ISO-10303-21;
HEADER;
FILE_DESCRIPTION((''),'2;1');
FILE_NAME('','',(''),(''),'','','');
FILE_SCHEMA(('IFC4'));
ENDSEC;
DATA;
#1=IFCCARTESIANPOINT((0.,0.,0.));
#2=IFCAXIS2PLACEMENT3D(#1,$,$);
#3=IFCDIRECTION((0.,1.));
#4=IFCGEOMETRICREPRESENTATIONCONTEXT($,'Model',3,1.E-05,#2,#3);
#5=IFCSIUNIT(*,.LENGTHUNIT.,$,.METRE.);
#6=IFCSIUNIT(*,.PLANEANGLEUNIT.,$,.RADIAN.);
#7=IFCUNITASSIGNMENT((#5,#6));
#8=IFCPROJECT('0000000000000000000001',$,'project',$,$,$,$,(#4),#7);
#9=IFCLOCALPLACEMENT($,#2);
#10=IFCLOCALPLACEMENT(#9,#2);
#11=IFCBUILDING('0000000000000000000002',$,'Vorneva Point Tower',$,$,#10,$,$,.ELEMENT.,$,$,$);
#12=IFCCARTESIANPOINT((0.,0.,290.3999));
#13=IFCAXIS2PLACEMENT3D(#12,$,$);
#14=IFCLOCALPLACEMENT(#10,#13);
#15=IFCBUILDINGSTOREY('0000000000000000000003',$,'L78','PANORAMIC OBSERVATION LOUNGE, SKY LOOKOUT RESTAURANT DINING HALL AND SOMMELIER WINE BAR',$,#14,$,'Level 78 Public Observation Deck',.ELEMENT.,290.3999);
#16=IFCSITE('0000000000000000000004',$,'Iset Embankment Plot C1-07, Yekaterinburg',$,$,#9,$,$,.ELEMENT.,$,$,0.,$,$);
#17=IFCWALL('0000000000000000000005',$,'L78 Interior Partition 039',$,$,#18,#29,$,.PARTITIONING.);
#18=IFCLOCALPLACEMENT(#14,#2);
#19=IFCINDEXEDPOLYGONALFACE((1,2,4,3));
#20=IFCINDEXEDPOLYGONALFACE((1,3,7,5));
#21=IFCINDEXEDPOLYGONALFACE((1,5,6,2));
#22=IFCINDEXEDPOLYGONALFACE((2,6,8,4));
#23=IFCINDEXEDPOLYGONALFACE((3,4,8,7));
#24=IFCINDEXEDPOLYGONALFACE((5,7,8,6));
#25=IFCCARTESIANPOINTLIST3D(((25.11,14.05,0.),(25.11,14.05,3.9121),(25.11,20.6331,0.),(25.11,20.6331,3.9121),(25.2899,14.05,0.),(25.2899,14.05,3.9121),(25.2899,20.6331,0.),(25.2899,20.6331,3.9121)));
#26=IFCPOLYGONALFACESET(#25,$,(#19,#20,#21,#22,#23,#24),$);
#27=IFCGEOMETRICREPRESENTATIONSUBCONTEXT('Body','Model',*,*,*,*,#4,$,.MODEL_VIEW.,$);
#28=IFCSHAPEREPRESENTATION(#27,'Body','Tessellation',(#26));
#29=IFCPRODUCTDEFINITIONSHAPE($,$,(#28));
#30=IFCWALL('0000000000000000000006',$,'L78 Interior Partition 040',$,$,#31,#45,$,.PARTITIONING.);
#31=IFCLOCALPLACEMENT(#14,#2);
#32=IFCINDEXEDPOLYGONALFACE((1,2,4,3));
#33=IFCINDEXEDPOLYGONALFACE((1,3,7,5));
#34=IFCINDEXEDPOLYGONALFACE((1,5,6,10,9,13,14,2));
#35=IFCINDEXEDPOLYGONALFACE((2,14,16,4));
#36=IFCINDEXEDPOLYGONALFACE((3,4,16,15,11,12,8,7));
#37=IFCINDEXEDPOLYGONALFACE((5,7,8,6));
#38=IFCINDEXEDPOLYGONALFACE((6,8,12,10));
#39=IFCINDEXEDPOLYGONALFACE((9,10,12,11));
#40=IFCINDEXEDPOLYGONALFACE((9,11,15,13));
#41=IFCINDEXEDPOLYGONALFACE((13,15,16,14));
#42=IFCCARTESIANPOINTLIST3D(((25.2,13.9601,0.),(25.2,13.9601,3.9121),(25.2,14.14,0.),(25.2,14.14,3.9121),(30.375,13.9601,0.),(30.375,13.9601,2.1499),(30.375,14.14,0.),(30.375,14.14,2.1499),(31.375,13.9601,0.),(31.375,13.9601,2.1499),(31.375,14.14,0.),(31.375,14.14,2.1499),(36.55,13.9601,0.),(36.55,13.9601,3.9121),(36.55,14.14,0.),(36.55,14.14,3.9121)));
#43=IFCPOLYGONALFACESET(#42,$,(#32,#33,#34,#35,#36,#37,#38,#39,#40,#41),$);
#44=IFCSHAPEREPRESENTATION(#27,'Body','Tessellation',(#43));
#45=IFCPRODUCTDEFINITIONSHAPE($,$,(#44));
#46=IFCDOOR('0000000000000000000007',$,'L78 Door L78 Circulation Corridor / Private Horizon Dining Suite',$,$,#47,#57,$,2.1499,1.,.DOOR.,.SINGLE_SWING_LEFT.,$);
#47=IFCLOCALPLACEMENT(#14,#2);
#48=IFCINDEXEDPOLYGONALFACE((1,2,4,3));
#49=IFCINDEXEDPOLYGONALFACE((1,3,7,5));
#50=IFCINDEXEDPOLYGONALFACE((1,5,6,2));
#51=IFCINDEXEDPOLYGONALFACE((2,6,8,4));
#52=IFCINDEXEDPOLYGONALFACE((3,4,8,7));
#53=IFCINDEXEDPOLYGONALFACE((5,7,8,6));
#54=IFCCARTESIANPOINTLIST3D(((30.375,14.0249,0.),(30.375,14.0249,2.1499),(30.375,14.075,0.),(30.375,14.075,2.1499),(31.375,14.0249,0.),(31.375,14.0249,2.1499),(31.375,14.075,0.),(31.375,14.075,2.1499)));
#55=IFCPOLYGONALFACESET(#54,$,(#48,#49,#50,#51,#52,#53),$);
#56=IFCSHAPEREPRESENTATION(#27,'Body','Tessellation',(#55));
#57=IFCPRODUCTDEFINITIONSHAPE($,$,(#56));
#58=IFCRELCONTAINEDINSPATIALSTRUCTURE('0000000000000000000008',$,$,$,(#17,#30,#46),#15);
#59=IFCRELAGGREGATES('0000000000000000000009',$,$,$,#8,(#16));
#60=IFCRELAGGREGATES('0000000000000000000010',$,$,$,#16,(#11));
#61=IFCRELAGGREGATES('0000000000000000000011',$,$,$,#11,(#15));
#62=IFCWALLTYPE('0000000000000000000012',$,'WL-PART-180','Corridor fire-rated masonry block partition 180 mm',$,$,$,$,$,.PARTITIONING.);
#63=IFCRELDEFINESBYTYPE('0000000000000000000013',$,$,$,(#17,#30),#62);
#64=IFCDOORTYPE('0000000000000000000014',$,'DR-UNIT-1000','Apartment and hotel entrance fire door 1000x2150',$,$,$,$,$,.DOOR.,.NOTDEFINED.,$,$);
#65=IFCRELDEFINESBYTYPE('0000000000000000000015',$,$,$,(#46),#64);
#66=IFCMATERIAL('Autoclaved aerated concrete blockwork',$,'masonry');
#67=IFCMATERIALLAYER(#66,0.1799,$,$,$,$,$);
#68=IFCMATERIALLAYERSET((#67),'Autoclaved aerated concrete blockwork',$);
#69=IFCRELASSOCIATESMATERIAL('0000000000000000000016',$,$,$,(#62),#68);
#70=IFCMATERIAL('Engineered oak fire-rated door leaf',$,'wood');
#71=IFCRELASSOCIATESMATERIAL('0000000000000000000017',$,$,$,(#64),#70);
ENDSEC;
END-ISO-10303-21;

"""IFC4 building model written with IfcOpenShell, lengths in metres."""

from ifc_helpers import new_model, si_unit, direction, frame, frame_2d, origin, place, context, subcontext, project, spatial, rectangle, extrude, material, layer, layer_set, type_object, element, fill, save


model = new_model("IFC4")

# Units and contexts
model_context = context("Model", 3, precision=1e-05, world=origin(), true_north=direction((0.0, 1.0)))
body_context = subcontext(model_context, "Body", "Model", "MODEL_VIEW")
ifc_project = project(units=[si_unit("LENGTHUNIT", "METRE"), si_unit("PLANEANGLEUNIT", "RADIAN")], contexts=[model_context])

# Site, building, storey
site_placement = place(None, origin())
site = spatial("IfcSite", under=ifc_project, at=site_placement, Name="Iset Embankment Plot C1-07, Yekaterinburg", CompositionType="ELEMENT", RefElevation=0.0)
building_placement = place(site_placement, origin())
building = spatial("IfcBuilding", under=site, at=building_placement, Name="Vorneva Point Tower", CompositionType="ELEMENT")
storey_placement = place(building_placement, frame((0.0, 0.0, 290.3999)))
storey = spatial("IfcBuildingStorey", under=building, at=storey_placement, Name="L78", Description="PANORAMIC OBSERVATION LOUNGE, SKY LOOKOUT RESTAURANT DINING HALL AND SOMMELIER WINE BAR", LongName="Level 78 Public Observation Deck", CompositionType="ELEMENT", Elevation=290.3999)

# Wall
ifc_material_1 = material(Name="Autoclaved aerated concrete blockwork", Category="masonry")
ifc_layer_1 = layer(ifc_material_1, 0.1799)
ifc_layer_set_1 = layer_set([ifc_layer_1], Name="Autoclaved aerated concrete blockwork")
wall_type_1 = type_object("IfcWallType", Name="WL-PART-180", Description="Corridor fire-rated masonry block partition 180 mm", PredefinedType="PARTITIONING", material=ifc_layer_set_1)
wall_1_placement = place(storey_placement, frame((25.2, 20.6331, 0.0), z_axis=(0.0, 0.0, 1.0), x_axis=(0.0, -1.0, 0.0)))
element("IfcWall", 1, at=wall_1_placement, inside=storey, type_object=wall_type_1, Name="L78 Interior Partition 039", PredefinedType="PARTITIONING", context=body_context, shape_type="SweptSolid", body=[
    extrude(rectangle(XDim=6.583, YDim=0.1799, at=frame_2d((3.2915, 0.0))), origin(), (0.0, 0.0, 1.0), 3.9121),
])

# Wall, opening, door
wall_2_placement = place(storey_placement, frame((25.2, 14.05, 0.0), z_axis=(0.0, 0.0, 1.0), x_axis=(1.0, 0.0, 0.0)))
wall_2 = element("IfcWall", 2, at=wall_2_placement, inside=storey, type_object=wall_type_1, Name="L78 Interior Partition 040", PredefinedType="PARTITIONING", context=body_context, shape_type="SweptSolid", body=[
    extrude(rectangle(XDim=11.3501, YDim=0.1799, at=frame_2d((5.675, 0.0))), origin(), (0.0, 0.0, 1.0), 3.9121),
])
opening_1_placement = place(wall_2_placement, frame((5.175, 0.0, 0.0)))
opening_1 = element("IfcOpeningElement", 3, at=opening_1_placement, cuts=wall_2, PredefinedType="OPENING", context=body_context, shape_type="SweptSolid", body=[
    extrude(rectangle(XDim=1.0, YDim=2.1499, at=frame_2d((0.5, 1.075))), frame((0.0, 0.105, 0.0), z_axis=(0.0, -1.0, 0.0), x_axis=(1.0, 0.0, 0.0)), (0.0, 0.0, 1.0), 0.2097),
])
ifc_material_2 = material(Name="Engineered oak fire-rated door leaf", Category="wood")
door_type = type_object("IfcDoorType", Name="DR-UNIT-1000", Description="Apartment and hotel entrance fire door 1000x2150", OperationType="NOTDEFINED", PredefinedType="DOOR", material=ifc_material_2)
door_placement = place(opening_1_placement, origin())
door = element("IfcDoor", 4, at=door_placement, inside=storey, type_object=door_type, Name="L78 Door L78 Circulation Corridor / Private Horizon Dining Suite", OperationType="SINGLE_SWING_LEFT", OverallHeight=2.1499, OverallWidth=1.0, PredefinedType="DOOR", context=body_context, shape_type="SweptSolid", body=[
    extrude(rectangle(XDim=1.0, YDim=2.1499, at=frame_2d((0.5, 1.075))), frame((0.0, 0.0249, 0.0), z_axis=(0.0, -1.0, 0.0), x_axis=(1.0, 0.0, 0.0)), (0.0, 0.0, 1.0), 0.05),
])
fill(opening_1, door)

save(model, "model.ifc")
